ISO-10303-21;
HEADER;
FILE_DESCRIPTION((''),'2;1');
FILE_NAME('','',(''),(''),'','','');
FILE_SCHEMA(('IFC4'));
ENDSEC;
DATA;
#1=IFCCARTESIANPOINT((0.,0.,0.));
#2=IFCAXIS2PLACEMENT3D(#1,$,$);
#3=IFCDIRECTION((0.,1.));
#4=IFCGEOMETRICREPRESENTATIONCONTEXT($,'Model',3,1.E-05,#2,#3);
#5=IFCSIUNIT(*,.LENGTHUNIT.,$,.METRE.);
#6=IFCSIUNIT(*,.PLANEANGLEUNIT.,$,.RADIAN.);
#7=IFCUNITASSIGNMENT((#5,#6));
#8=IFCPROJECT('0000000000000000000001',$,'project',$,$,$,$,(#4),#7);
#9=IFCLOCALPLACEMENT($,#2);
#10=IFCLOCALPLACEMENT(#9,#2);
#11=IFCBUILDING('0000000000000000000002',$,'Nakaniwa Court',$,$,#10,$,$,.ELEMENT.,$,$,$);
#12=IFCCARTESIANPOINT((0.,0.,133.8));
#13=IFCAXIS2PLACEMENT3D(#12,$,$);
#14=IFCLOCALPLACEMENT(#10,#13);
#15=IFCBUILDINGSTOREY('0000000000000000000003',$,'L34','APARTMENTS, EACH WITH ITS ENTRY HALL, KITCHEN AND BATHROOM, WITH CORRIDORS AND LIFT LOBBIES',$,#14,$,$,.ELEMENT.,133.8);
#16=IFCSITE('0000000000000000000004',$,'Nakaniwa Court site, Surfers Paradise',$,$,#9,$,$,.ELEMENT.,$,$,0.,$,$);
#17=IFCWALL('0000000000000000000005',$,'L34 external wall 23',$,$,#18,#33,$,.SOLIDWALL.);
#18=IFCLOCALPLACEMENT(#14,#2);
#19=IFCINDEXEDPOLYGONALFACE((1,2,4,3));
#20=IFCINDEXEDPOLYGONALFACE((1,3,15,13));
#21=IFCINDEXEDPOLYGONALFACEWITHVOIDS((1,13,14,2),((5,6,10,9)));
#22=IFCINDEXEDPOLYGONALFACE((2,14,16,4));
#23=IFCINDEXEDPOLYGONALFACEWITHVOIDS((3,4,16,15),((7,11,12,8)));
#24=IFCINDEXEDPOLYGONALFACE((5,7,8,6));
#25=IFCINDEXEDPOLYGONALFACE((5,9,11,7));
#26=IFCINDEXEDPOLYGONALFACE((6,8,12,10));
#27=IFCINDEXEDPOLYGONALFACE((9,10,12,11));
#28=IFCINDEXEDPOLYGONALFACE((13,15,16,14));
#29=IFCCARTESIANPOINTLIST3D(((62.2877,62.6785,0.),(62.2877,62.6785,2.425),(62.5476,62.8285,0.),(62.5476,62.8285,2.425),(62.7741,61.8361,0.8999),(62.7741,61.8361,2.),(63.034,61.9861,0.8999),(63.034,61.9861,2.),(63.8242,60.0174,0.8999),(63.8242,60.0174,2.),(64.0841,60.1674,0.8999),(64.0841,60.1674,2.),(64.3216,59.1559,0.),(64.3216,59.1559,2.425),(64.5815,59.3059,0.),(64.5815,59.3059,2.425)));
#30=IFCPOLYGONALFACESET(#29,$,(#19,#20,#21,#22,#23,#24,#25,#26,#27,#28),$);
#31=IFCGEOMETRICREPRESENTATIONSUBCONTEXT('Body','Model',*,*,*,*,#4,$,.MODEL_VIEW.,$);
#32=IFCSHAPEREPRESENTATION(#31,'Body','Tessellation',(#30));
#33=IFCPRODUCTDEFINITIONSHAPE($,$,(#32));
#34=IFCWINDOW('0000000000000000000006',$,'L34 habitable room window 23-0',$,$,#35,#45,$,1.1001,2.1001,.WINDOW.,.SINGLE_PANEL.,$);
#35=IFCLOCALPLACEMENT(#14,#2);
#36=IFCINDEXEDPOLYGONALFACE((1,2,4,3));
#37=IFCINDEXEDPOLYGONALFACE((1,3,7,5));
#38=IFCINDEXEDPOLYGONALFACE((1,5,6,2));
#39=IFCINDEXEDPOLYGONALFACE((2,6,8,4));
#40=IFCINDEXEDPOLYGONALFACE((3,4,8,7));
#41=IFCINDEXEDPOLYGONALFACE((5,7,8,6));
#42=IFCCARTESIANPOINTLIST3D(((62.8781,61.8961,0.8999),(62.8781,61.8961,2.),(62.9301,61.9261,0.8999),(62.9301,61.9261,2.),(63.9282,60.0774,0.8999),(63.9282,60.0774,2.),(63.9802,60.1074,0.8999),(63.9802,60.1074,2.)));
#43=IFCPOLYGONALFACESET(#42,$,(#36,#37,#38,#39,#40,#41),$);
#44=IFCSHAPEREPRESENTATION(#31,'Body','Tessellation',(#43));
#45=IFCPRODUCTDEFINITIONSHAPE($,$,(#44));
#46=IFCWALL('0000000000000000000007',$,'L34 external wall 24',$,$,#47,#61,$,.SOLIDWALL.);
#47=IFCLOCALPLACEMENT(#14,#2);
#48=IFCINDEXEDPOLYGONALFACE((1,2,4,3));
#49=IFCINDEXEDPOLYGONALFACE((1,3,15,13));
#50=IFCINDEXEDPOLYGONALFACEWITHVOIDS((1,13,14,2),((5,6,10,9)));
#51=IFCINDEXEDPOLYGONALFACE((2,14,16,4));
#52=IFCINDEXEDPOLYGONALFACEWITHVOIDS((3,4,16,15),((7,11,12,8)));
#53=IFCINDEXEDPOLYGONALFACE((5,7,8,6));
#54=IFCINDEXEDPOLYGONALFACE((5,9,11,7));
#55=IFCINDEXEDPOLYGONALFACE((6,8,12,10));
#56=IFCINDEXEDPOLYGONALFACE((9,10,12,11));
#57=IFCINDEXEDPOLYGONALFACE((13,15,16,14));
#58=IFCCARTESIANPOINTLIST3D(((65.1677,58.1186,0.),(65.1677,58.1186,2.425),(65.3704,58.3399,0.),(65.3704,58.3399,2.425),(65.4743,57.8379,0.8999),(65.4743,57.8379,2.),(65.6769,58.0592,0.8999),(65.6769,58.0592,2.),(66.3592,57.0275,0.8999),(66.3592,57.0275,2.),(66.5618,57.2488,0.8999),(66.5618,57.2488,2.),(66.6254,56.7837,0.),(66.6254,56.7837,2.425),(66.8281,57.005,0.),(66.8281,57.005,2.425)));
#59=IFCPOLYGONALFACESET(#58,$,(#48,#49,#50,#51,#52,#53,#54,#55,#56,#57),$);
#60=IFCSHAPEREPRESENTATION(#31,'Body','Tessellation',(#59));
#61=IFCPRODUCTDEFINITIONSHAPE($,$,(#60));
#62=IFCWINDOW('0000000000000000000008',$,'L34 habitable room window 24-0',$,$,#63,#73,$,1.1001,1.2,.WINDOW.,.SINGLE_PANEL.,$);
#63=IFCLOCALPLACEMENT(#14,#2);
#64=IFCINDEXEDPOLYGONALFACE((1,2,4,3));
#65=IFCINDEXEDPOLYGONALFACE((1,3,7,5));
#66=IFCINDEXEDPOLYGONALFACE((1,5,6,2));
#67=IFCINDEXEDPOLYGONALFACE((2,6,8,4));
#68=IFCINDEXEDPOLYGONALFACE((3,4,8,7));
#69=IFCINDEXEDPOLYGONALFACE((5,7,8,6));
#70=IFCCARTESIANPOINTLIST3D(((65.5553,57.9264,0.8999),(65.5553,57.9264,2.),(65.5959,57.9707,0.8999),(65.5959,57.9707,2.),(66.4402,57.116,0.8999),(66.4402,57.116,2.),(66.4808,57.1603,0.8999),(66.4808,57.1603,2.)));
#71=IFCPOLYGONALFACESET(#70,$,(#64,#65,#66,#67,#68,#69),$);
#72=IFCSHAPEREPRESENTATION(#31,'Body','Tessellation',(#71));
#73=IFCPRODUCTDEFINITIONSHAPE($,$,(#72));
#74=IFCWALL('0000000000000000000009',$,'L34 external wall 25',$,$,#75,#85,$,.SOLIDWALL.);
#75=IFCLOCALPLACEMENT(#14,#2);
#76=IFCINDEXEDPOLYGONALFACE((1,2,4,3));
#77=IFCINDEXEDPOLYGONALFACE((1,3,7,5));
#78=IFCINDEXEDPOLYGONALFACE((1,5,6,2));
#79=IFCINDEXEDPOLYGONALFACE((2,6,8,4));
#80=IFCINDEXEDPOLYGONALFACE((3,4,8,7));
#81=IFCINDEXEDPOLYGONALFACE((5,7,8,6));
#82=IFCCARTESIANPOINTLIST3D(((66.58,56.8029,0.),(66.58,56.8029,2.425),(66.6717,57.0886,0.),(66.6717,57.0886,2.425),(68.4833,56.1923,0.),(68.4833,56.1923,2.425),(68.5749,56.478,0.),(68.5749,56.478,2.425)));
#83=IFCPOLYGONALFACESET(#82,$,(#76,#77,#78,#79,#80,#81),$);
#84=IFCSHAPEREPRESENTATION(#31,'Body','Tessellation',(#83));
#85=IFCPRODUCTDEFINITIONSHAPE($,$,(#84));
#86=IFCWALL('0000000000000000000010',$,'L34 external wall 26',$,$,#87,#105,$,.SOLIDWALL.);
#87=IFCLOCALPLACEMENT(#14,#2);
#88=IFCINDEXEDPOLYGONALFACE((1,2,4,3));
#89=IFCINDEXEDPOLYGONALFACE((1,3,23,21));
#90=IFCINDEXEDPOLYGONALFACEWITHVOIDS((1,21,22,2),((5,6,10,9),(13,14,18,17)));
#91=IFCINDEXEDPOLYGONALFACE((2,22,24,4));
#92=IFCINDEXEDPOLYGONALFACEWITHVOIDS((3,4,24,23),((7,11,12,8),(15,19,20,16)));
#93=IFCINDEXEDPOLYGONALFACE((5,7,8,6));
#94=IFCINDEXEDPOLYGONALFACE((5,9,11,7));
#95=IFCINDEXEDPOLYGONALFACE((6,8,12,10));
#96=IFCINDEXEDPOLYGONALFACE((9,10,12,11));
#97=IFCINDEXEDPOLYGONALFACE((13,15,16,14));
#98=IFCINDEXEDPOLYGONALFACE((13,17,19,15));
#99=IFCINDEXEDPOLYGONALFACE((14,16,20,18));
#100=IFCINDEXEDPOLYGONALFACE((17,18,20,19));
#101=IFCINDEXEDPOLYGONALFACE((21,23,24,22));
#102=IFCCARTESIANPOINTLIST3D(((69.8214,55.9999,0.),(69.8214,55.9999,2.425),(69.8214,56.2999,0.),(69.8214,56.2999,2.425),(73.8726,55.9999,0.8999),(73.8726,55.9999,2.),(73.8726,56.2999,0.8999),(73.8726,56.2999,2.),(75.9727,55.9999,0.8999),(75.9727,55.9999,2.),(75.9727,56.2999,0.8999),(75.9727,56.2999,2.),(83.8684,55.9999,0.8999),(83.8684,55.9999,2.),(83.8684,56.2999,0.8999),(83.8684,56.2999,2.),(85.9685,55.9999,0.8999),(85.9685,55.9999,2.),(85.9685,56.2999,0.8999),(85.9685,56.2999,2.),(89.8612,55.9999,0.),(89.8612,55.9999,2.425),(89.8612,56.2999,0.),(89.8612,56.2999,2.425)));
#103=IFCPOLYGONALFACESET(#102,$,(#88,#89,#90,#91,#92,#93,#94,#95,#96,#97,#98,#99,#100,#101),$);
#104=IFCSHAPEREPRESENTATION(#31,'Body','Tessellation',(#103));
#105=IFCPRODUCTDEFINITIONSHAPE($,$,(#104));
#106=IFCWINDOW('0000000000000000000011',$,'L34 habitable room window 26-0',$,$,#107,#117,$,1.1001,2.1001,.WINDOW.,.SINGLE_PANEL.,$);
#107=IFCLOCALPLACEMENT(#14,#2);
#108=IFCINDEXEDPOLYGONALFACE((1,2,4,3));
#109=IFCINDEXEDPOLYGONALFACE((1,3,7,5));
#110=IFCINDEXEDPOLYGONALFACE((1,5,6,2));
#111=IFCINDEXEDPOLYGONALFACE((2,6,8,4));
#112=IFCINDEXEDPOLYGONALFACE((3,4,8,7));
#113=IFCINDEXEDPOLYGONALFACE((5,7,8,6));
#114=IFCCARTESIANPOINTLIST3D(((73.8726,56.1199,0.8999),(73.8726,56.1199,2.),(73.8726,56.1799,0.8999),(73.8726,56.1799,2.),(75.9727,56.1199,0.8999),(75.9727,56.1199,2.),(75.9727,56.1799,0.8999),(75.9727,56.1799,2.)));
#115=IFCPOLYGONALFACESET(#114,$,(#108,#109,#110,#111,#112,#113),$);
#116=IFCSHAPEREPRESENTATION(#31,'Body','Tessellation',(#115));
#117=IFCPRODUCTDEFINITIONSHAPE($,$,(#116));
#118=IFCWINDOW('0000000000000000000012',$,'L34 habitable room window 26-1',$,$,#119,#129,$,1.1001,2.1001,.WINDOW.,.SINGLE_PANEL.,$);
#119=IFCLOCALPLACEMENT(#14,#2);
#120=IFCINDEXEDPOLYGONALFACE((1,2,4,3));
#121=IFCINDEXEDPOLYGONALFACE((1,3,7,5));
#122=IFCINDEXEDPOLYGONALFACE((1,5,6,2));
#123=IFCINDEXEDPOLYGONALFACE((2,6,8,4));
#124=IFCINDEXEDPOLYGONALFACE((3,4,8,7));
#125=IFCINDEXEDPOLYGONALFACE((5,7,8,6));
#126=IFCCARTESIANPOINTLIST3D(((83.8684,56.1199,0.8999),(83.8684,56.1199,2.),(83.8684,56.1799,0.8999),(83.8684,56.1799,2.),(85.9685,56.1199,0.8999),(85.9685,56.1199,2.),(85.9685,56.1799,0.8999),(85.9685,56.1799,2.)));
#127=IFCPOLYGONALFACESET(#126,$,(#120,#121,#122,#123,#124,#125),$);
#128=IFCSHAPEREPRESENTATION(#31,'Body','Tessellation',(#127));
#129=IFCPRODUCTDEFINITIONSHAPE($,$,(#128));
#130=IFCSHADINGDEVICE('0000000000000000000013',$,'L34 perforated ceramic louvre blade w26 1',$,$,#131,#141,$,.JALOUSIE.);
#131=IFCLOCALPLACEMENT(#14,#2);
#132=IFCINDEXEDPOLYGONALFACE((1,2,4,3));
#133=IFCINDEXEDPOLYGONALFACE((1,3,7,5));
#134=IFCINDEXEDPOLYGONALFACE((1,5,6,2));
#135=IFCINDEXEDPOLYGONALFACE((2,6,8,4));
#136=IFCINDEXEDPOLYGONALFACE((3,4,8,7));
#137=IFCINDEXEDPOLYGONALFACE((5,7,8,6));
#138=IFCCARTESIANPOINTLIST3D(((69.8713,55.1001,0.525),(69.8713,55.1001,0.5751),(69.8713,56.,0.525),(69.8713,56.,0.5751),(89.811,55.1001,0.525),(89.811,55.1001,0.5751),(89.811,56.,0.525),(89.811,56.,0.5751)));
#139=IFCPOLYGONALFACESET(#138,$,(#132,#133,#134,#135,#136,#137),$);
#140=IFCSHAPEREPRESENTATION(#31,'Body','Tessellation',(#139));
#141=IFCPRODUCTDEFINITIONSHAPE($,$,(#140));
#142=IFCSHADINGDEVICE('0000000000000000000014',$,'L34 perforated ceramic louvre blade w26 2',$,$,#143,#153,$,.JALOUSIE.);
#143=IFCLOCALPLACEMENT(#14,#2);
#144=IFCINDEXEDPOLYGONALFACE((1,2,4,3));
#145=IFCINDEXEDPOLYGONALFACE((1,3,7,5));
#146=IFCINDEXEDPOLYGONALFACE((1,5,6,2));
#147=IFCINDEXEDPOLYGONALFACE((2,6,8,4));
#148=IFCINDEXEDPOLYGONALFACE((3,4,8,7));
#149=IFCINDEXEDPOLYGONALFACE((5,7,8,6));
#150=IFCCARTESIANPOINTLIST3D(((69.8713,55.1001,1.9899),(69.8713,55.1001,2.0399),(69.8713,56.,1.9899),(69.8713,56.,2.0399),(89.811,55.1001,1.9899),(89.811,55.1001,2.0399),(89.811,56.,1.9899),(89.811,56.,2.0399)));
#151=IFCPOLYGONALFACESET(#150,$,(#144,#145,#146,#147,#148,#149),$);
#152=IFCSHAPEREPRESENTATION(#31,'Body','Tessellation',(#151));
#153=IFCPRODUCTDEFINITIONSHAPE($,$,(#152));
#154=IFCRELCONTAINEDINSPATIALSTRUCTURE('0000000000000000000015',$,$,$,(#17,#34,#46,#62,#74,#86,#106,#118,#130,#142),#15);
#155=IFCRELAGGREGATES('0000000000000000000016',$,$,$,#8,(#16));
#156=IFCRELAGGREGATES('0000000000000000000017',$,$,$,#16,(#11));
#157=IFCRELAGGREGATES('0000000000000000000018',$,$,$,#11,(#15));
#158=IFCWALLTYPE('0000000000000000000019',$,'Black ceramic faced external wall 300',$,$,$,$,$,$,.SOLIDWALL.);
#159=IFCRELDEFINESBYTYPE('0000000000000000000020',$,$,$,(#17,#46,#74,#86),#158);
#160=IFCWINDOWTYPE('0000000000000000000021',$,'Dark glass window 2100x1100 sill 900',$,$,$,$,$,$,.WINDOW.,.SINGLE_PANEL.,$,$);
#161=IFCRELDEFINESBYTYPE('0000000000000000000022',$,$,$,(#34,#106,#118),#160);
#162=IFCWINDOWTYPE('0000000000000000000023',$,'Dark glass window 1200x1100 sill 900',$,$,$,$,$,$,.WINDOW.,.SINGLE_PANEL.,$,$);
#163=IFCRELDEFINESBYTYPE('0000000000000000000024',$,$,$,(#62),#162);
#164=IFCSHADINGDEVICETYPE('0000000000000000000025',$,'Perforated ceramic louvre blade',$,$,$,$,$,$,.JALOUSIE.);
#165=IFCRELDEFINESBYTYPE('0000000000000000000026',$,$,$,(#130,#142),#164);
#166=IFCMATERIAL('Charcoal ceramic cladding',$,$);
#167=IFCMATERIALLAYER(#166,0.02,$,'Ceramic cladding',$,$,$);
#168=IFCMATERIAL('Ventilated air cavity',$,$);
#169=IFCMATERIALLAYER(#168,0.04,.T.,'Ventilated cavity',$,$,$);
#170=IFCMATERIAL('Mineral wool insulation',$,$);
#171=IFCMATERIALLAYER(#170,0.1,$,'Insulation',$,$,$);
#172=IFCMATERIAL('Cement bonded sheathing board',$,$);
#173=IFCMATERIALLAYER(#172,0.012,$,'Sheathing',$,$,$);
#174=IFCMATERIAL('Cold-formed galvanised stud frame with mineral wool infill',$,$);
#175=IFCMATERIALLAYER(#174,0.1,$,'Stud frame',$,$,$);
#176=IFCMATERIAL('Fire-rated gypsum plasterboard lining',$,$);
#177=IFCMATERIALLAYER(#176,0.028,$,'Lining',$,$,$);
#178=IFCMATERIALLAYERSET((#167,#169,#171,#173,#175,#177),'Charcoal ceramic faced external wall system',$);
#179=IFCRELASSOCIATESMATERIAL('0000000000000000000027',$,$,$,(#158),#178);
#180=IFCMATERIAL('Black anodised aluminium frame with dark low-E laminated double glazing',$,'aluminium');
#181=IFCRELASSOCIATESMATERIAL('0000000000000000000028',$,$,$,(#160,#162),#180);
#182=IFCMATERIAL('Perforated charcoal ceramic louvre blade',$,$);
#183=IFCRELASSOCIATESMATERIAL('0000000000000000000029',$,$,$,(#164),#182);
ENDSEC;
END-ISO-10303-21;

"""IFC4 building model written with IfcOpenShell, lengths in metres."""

from ifc_helpers import new_model, si_unit, direction, frame, frame_2d, origin, origin_2d, place, context, subcontext, project, spatial, rectangle, extrude, material, layer, layer_set, material_profile, profile_set, type_object, element, fill, save


model = new_model("IFC4")

# Units and contexts
model_context = context("Model", 3, precision=1e-05, world=origin(), true_north=direction((0.0, 1.0)))
body_context = subcontext(model_context, "Body", "Model", "MODEL_VIEW")
ifc_project = project(units=[si_unit("LENGTHUNIT", "METRE"), si_unit("PLANEANGLEUNIT", "RADIAN")], contexts=[model_context])

# Site, building, storey
site_placement = place(None, origin())
site = spatial("IfcSite", under=ifc_project, at=site_placement, Name="Nakaniwa Court site, Surfers Paradise", CompositionType="ELEMENT", RefElevation=0.0)
building_placement = place(site_placement, origin())
building = spatial("IfcBuilding", under=site, at=building_placement, Name="Nakaniwa Court", CompositionType="ELEMENT")
storey_placement = place(building_placement, frame((0.0, 0.0, 133.8)))
storey = spatial("IfcBuildingStorey", under=building, at=storey_placement, Name="L34", Description="APARTMENTS, EACH WITH ITS ENTRY HALL, KITCHEN AND BATHROOM, WITH CORRIDORS AND LIFT LOBBIES", CompositionType="ELEMENT", Elevation=133.8)

# Walls, openings, windows
ifc_material_1 = material(Name="Charcoal ceramic cladding")
ifc_layer_1 = layer(ifc_material_1, 0.02, Name="Ceramic cladding")
ifc_material_2 = material(Name="Ventilated air cavity")
ifc_layer_2 = layer(ifc_material_2, 0.04, ventilated=True, Name="Ventilated cavity")
ifc_material_3 = material(Name="Mineral wool insulation")
ifc_layer_3 = layer(ifc_material_3, 0.1, Name="Insulation")
ifc_material_4 = material(Name="Cement bonded sheathing board")
ifc_layer_4 = layer(ifc_material_4, 0.012, Name="Sheathing")
ifc_material_5 = material(Name="Cold-formed galvanised stud frame with mineral wool infill")
ifc_layer_5 = layer(ifc_material_5, 0.1, Name="Stud frame")
ifc_material_6 = material(Name="Fire-rated gypsum plasterboard lining")
ifc_layer_6 = layer(ifc_material_6, 0.028, Name="Lining")
ifc_layer_set_1 = layer_set([ifc_layer_1, ifc_layer_2, ifc_layer_3, ifc_layer_4, ifc_layer_5, ifc_layer_6], Name="Charcoal ceramic faced external wall system")
wall_type_1 = type_object("IfcWallType", Name="Black ceramic faced external wall 300", PredefinedType="SOLIDWALL", material=ifc_layer_set_1)
wall_1_placement = place(storey_placement, frame((62.4177, 62.7534, 0.0), z_axis=(0.0, 0.0, 1.0), x_axis=(0.500019, -0.866015, 0.0)))
wall_1 = element("IfcWall", 1, at=wall_1_placement, inside=storey, type_object=wall_type_1, Name="L34 external wall 23", PredefinedType="SOLIDWALL", context=body_context, shape_type="SweptSolid", body=[
    extrude(rectangle(XDim=4.0676, YDim=0.3, at=frame_2d((2.0337, 0.0))), origin(), (0.0, 0.0, 1.0), 2.425),
])
opening_1_placement = place(wall_1_placement, frame((0.9727, 0.0, 0.8999)))
opening_1 = element("IfcOpeningElement", 2, at=opening_1_placement, cuts=wall_1, PredefinedType="OPENING", context=body_context, shape_type="SweptSolid", body=[
    extrude(rectangle(XDim=2.1001, YDim=1.1001, at=frame_2d((1.05, 0.55))), frame((0.0, 0.1599, 0.0), z_axis=(0.0, -1.0, 0.0), x_axis=(1.0, 0.0, 0.0)), (0.0, 0.0, 1.0), 0.3201),
])
ifc_material_7 = material(Name="Black anodised aluminium frame with dark low-E laminated double glazing", Category="aluminium")
window_type_1 = type_object("IfcWindowType", Name="Dark glass window 2100x1100 sill 900", PartitioningType="SINGLE_PANEL", PredefinedType="WINDOW", material=ifc_material_7)
window_1_placement = place(opening_1_placement, origin())
window_1 = element("IfcWindow", 3, at=window_1_placement, inside=storey, type_object=window_type_1, Name="L34 habitable room window 23-0", OverallHeight=1.1001, OverallWidth=2.1001, PartitioningType="SINGLE_PANEL", PredefinedType="WINDOW", context=body_context, shape_type="SweptSolid", body=[
    extrude(rectangle(XDim=2.1001, YDim=1.1001, at=frame_2d((1.05, 0.55))), frame((0.0, 0.03, 0.0), z_axis=(0.0, -1.0, 0.0), x_axis=(1.0, 0.0, 0.0)), (0.0, 0.0, 1.0), 0.0601),
])
fill(opening_1, window_1)
wall_2_placement = place(storey_placement, frame((65.269, 58.2292, 0.0), z_axis=(0.0, 0.0, 1.0), x_axis=(0.737487, -0.675361, 0.0)))
wall_2 = element("IfcWall", 4, at=wall_2_placement, inside=storey, type_object=wall_type_1, Name="L34 external wall 24", PredefinedType="SOLIDWALL", context=body_context, shape_type="SweptSolid", body=[
    extrude(rectangle(XDim=1.9766, YDim=0.3, at=frame_2d((0.9883, 0.0))), origin(), (0.0, 0.0, 1.0), 2.425),
])
opening_2_placement = place(wall_2_placement, frame((0.4155, 0.0, 0.8999)))
opening_2 = element("IfcOpeningElement", 5, at=opening_2_placement, cuts=wall_2, PredefinedType="OPENING", context=body_context, shape_type="SweptSolid", body=[
    extrude(rectangle(XDim=1.2, YDim=1.1001, at=frame_2d((0.6001, 0.55))), frame((0.0, 0.1599, 0.0), z_axis=(0.0, -1.0, 0.0), x_axis=(1.0, 0.0, 0.0)), (0.0, 0.0, 1.0), 0.3201),
])
window_type_2 = type_object("IfcWindowType", Name="Dark glass window 1200x1100 sill 900", PartitioningType="SINGLE_PANEL", PredefinedType="WINDOW", material=ifc_material_7)
window_2_placement = place(opening_2_placement, origin())
window_2 = element("IfcWindow", 6, at=window_2_placement, inside=storey, type_object=window_type_2, Name="L34 habitable room window 24-0", OverallHeight=1.1001, OverallWidth=1.2, PartitioningType="SINGLE_PANEL", PredefinedType="WINDOW", context=body_context, shape_type="SweptSolid", body=[
    extrude(rectangle(XDim=1.2, YDim=1.1001, at=frame_2d((0.6001, 0.55))), frame((0.0, 0.03, 0.0), z_axis=(0.0, -1.0, 0.0), x_axis=(1.0, 0.0, 0.0)), (0.0, 0.0, 1.0), 0.0601),
])
fill(opening_2, window_2)

# Wall
wall_3_placement = place(storey_placement, frame((66.6257, 56.9458, 0.0), z_axis=(0.0, 0.0, 1.0), x_axis=(0.952201, -0.305471, 0.0)))
element("IfcWall", 7, at=wall_3_placement, inside=storey, type_object=wall_type_1, Name="L34 external wall 25", PredefinedType="SOLIDWALL", context=body_context, shape_type="SweptSolid", body=[
    extrude(rectangle(XDim=1.9988, YDim=0.3, at=frame_2d((0.9995, 0.0))), origin(), (0.0, 0.0, 1.0), 2.425),
])

# Wall, openings, windows
wall_4_placement = place(storey_placement, frame((69.8213, 56.1499, 0.0), z_axis=(0.0, 0.0, 1.0), x_axis=(1.0, 0.0, 0.0)))
wall_4 = element("IfcWall", 8, at=wall_4_placement, inside=storey, type_object=wall_type_1, Name="L34 external wall 26", PredefinedType="SOLIDWALL", context=body_context, shape_type="SweptSolid", body=[
    extrude(rectangle(XDim=20.0398, YDim=0.3, at=frame_2d((10.02, 0.0))), origin(), (0.0, 0.0, 1.0), 2.425),
])
opening_3_placement = place(wall_4_placement, frame((4.0513, 0.0, 0.8999)))
opening_3 = element("IfcOpeningElement", 9, at=opening_3_placement, cuts=wall_4, PredefinedType="OPENING", context=body_context, shape_type="SweptSolid", body=[
    extrude(rectangle(XDim=2.1001, YDim=1.1001, at=frame_2d((1.05, 0.55))), frame((0.0, 0.1599, 0.0), z_axis=(0.0, -1.0, 0.0), x_axis=(1.0, 0.0, 0.0)), (0.0, 0.0, 1.0), 0.3201),
])
opening_4_placement = place(wall_4_placement, frame((14.0471, 0.0, 0.8999)))
opening_4 = element("IfcOpeningElement", 10, at=opening_4_placement, cuts=wall_4, PredefinedType="OPENING", context=body_context, shape_type="SweptSolid", body=[
    extrude(rectangle(XDim=2.1001, YDim=1.1001, at=frame_2d((1.05, 0.55))), frame((0.0, 0.1599, 0.0), z_axis=(0.0, -1.0, 0.0), x_axis=(1.0, 0.0, 0.0)), (0.0, 0.0, 1.0), 0.3201),
])
window_3_placement = place(opening_3_placement, origin())
window_3 = element("IfcWindow", 11, at=window_3_placement, inside=storey, type_object=window_type_1, Name="L34 habitable room window 26-0", OverallHeight=1.1001, OverallWidth=2.1001, PartitioningType="SINGLE_PANEL", PredefinedType="WINDOW", context=body_context, shape_type="SweptSolid", body=[
    extrude(rectangle(XDim=2.1001, YDim=1.1001, at=frame_2d((1.05, 0.55))), frame((0.0, 0.03, 0.0), z_axis=(0.0, -1.0, 0.0), x_axis=(1.0, 0.0, 0.0)), (0.0, 0.0, 1.0), 0.0601),
])
fill(opening_3, window_3)
window_4_placement = place(opening_4_placement, origin())
window_4 = element("IfcWindow", 12, at=window_4_placement, inside=storey, type_object=window_type_1, Name="L34 habitable room window 26-1", OverallHeight=1.1001, OverallWidth=2.1001, PartitioningType="SINGLE_PANEL", PredefinedType="WINDOW", context=body_context, shape_type="SweptSolid", body=[
    extrude(rectangle(XDim=2.1001, YDim=1.1001, at=frame_2d((1.05, 0.55))), frame((0.0, 0.03, 0.0), z_axis=(0.0, -1.0, 0.0), x_axis=(1.0, 0.0, 0.0)), (0.0, 0.0, 1.0), 0.0601),
])
fill(opening_4, window_4)

# Shading devices
ifc_material_8 = material(Name="Perforated charcoal ceramic louvre blade")
ifc_material_profile_1 = material_profile(ifc_material_8, rectangle(XDim=0.8999, YDim=0.05, at=origin_2d()), Name="Perforated ceramic louvre blade")
ifc_profile_set_1 = profile_set([ifc_material_profile_1], Name="Perforated charcoal ceramic louvre blade")
shading_device_type = type_object("IfcShadingDeviceType", Name="Perforated ceramic louvre blade", PredefinedType="JALOUSIE", material=ifc_profile_set_1)
for number, where, z_axis, x_axis, name in (
    (13, (69.8713, 55.55, 0.55), (1.0, 0.0, 0.0), (0.0, 1.0, 0.0), "L34 perforated ceramic louvre blade w26 1"),
    (14, (69.8713, 55.55, 2.0149), (1.0, 0.0, 0.0), (0.0, 1.0, 0.0), "L34 perforated ceramic louvre blade w26 2"),
):
    element("IfcShadingDevice", number, at=place(storey_placement, frame(where, z_axis=z_axis, x_axis=x_axis)), inside=storey, type_object=shading_device_type, Name=name, PredefinedType="JALOUSIE", context=body_context, shape_type="SweptSolid", body=[
        extrude(rectangle(XDim=0.8999, YDim=0.05, at=origin_2d()), origin(), (0.0, 0.0, 1.0), 19.9397),
    ])

save(model, "model.ifc")
